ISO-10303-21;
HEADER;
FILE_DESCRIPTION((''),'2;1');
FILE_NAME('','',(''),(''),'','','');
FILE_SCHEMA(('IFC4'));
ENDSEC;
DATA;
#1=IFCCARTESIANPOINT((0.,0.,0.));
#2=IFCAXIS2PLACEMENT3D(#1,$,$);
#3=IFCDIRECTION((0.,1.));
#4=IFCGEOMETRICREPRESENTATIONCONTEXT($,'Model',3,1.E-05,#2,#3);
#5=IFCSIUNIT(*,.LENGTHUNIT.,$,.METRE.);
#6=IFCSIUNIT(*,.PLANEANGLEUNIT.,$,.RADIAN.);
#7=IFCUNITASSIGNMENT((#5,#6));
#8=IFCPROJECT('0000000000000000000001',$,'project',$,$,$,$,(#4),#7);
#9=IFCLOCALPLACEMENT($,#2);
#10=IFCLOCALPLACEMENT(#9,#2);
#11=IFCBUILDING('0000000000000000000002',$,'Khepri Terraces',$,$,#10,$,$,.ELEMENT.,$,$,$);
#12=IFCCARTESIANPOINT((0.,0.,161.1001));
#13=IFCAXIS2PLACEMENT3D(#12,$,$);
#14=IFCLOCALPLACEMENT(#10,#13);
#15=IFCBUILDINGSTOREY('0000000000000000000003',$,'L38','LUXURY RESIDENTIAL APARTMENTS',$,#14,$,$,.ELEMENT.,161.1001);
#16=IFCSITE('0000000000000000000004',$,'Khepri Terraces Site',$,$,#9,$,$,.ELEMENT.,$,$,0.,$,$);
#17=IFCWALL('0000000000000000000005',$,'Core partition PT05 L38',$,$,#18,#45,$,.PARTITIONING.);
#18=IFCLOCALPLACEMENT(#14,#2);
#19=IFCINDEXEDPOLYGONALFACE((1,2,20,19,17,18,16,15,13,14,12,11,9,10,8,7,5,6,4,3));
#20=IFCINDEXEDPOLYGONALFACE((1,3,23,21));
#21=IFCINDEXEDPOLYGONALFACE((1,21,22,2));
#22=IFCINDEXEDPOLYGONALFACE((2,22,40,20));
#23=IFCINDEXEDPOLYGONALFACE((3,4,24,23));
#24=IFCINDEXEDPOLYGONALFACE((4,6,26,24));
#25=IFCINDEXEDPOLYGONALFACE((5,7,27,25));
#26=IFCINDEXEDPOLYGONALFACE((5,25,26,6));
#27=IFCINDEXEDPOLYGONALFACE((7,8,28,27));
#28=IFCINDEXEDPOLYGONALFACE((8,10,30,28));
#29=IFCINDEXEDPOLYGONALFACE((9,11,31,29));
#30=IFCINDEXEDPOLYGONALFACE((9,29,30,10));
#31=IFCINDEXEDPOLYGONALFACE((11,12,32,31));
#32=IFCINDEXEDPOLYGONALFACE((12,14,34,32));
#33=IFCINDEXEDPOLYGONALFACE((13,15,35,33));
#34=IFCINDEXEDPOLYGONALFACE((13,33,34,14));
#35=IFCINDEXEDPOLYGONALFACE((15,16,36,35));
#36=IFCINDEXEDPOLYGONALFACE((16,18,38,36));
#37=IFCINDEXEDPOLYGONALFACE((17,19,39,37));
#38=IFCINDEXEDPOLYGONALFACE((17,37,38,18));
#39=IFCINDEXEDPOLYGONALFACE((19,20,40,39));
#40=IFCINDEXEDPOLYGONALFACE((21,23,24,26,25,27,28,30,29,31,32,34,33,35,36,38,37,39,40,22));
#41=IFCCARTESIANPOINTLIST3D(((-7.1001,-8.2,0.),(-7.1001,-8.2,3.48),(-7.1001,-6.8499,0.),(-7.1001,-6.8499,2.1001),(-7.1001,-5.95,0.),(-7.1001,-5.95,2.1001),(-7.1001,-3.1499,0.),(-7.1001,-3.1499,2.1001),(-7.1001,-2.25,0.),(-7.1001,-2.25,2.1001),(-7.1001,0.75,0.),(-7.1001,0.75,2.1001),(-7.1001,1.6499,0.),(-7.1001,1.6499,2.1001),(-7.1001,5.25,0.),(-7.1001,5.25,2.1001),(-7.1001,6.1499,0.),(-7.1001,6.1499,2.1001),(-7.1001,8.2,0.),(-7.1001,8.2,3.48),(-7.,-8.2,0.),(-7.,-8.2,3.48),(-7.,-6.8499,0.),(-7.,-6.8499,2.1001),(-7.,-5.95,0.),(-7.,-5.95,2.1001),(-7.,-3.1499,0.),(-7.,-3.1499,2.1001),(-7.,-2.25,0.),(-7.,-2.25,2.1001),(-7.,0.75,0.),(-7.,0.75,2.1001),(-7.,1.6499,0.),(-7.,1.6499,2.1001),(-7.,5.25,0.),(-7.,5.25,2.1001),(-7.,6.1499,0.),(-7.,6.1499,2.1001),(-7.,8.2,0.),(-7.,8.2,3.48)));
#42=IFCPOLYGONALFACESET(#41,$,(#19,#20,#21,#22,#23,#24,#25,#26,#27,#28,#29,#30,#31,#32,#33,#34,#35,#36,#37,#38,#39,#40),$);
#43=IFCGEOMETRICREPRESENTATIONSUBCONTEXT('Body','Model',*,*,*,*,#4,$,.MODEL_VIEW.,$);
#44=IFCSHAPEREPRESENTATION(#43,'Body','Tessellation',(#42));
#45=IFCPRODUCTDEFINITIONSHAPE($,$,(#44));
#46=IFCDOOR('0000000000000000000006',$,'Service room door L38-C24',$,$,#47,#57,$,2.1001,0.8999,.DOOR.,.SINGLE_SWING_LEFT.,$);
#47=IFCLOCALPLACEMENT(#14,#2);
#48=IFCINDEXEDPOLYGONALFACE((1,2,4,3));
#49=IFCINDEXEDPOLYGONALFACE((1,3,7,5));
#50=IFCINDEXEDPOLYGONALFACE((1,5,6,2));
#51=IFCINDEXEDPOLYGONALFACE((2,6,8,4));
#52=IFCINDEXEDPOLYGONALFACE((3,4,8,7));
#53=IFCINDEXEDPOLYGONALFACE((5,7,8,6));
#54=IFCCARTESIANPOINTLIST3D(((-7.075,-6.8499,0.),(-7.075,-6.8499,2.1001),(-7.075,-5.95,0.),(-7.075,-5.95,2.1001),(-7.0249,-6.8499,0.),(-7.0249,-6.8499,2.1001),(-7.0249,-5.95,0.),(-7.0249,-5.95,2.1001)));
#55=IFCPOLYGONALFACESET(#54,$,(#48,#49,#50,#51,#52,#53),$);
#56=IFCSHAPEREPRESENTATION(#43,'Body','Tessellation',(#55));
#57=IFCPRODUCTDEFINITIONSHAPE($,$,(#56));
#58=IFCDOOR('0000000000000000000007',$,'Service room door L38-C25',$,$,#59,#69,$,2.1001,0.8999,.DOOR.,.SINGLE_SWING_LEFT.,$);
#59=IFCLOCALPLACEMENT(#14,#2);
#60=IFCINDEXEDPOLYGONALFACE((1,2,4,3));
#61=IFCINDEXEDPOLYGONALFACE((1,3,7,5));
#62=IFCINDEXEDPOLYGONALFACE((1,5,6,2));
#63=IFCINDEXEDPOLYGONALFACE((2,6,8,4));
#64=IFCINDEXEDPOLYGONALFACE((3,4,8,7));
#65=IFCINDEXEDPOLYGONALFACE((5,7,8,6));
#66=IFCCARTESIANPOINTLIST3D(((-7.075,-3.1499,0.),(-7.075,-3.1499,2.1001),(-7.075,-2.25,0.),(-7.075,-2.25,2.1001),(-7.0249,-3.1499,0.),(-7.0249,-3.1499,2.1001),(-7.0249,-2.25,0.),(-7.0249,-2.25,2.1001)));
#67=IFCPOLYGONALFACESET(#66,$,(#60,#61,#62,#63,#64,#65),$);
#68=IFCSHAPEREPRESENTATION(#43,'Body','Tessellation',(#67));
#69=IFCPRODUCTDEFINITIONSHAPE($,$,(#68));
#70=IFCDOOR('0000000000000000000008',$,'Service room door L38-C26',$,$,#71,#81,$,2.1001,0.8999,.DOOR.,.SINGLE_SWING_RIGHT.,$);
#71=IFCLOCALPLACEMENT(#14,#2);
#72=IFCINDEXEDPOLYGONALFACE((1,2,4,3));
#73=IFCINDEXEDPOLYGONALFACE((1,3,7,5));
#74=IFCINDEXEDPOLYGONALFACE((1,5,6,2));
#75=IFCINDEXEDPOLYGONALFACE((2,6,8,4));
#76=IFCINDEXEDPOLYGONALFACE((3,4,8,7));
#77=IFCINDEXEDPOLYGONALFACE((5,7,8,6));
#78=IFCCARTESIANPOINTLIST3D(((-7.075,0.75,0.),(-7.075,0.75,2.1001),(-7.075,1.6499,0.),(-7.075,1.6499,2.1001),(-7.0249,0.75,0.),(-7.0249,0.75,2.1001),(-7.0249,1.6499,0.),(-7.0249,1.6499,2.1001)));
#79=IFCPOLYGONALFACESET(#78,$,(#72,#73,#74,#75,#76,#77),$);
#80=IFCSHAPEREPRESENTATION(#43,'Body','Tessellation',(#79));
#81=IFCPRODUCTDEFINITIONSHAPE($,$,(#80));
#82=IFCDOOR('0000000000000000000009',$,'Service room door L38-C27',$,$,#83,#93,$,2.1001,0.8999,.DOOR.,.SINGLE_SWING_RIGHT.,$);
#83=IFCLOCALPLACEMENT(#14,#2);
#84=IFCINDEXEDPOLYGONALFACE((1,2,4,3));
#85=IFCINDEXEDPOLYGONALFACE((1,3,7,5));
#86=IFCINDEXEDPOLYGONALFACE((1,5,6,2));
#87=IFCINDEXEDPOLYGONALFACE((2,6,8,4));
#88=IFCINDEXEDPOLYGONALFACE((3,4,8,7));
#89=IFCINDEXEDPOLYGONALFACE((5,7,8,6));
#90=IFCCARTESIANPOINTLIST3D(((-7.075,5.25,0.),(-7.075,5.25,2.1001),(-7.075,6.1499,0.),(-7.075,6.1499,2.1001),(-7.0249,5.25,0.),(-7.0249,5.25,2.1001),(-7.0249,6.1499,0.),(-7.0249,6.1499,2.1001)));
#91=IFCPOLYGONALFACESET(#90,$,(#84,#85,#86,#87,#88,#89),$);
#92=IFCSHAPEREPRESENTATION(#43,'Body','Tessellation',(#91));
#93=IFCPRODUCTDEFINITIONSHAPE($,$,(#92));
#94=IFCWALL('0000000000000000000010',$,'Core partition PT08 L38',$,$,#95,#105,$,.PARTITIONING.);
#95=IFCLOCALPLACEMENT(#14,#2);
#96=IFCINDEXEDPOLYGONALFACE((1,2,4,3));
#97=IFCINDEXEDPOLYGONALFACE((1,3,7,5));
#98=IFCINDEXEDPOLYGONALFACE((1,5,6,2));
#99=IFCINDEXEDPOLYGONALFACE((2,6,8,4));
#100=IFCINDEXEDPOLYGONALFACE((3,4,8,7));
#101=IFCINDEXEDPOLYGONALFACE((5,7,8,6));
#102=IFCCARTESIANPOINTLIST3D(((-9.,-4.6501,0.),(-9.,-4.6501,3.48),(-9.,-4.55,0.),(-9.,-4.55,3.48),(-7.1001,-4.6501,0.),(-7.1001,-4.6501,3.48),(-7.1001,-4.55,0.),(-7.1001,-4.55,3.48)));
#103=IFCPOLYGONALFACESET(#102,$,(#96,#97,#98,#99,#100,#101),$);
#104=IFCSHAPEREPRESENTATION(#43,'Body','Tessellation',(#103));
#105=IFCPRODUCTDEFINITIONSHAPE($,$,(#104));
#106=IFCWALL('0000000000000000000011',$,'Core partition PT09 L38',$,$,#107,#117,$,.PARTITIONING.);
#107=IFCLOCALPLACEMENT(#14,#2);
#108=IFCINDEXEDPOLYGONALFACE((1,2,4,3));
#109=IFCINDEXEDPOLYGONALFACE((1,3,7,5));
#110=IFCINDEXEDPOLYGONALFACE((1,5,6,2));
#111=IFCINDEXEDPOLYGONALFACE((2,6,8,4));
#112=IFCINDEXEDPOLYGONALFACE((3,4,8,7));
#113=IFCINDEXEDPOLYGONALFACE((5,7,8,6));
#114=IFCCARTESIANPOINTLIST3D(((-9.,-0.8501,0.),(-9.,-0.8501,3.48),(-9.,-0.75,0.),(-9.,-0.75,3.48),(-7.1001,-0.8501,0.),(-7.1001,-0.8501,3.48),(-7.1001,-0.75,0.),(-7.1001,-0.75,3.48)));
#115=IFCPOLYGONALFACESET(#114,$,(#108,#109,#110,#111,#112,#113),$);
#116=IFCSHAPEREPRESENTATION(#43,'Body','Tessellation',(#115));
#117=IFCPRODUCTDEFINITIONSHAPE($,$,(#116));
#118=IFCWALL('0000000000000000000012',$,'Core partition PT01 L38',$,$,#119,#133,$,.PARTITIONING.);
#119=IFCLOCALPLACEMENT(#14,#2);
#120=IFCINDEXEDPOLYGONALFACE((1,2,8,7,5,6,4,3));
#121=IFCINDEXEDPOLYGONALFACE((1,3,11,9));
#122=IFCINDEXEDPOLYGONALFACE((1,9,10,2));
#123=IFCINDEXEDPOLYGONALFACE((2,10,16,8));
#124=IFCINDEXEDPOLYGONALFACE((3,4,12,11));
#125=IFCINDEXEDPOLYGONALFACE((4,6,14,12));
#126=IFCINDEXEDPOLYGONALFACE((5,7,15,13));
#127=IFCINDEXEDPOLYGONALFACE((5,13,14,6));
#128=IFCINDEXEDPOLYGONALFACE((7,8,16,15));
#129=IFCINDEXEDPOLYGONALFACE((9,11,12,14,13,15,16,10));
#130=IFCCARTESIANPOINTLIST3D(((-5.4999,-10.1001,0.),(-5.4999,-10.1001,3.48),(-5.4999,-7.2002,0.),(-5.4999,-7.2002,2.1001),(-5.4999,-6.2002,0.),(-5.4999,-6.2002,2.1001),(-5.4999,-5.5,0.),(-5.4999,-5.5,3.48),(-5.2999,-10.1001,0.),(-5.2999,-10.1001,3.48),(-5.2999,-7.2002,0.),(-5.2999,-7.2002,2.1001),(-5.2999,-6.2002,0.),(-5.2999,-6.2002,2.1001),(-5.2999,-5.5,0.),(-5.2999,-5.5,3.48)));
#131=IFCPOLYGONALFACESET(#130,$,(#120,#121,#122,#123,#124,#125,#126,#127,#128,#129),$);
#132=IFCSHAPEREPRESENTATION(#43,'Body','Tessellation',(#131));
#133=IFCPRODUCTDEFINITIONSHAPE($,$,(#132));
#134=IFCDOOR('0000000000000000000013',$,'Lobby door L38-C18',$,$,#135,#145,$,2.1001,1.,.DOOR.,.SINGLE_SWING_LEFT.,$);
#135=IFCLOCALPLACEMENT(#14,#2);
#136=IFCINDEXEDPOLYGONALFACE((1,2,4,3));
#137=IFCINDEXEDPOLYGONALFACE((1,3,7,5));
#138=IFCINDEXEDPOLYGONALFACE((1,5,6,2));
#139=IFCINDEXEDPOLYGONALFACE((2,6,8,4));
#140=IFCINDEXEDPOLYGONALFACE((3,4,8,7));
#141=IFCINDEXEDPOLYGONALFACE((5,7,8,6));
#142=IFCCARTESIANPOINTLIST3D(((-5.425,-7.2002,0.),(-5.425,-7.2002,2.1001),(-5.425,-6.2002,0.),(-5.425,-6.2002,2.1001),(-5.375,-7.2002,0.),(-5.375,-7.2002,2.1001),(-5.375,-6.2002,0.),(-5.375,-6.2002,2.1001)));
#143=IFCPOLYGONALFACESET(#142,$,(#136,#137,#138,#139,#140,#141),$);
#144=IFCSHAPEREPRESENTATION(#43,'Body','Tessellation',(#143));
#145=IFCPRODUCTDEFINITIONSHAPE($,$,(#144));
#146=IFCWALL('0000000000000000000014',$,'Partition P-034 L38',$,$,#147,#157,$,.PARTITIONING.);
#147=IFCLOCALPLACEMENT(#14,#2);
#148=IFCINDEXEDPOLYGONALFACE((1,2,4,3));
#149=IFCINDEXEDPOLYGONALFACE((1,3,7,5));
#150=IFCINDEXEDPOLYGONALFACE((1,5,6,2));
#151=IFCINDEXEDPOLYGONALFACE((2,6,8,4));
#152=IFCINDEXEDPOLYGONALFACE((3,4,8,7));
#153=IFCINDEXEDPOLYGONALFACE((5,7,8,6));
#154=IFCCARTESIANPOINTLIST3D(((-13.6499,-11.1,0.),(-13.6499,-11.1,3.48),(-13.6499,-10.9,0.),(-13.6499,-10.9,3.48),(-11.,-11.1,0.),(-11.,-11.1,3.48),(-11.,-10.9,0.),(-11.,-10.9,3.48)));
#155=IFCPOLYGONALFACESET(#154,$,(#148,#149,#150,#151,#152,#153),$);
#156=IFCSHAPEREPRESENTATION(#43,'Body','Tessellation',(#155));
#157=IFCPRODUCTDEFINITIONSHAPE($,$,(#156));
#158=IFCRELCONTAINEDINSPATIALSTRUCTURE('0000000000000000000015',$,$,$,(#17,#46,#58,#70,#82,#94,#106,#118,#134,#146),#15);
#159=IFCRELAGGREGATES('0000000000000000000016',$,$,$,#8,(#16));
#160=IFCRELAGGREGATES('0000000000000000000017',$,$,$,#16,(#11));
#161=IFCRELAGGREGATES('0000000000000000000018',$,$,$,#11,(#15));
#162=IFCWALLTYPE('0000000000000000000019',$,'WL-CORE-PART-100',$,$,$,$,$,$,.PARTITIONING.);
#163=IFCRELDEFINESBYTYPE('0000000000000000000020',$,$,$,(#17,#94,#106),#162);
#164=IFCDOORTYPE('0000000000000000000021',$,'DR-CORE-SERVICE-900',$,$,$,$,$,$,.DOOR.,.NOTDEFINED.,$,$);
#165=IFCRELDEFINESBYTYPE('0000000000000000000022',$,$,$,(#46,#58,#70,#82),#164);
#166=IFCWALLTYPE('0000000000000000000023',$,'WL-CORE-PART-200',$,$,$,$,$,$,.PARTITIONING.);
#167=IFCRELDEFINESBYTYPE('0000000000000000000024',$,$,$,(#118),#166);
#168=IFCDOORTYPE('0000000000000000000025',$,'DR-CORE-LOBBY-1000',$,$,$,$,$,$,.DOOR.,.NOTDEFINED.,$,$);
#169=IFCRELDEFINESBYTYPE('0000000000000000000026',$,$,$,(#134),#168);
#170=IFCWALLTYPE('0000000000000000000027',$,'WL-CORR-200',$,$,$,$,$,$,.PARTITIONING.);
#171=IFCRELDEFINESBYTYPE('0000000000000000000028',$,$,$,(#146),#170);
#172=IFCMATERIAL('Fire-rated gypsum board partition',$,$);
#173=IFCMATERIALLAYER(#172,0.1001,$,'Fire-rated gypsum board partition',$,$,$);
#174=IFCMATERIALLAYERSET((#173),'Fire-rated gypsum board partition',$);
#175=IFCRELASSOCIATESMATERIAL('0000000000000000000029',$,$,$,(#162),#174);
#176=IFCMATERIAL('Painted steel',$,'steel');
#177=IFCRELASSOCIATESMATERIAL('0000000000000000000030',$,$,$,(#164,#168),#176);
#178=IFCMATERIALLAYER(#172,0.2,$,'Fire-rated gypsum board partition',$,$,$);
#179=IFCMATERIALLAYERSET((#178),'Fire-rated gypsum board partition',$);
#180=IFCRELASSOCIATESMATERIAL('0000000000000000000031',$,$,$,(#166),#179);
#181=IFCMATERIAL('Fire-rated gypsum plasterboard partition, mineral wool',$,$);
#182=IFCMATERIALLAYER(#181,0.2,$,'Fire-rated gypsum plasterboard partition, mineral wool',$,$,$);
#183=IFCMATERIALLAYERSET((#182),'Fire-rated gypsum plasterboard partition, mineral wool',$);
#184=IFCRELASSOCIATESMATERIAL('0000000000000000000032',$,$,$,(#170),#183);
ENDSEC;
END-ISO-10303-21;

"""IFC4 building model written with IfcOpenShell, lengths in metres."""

from ifc_helpers import new_model, si_unit, direction, frame, frame_2d, origin, place, context, subcontext, project, spatial, rectangle, extrude, material, layer, layer_set, type_object, element, fill, save


model = new_model("IFC4")

# Units and contexts
model_context = context("Model", 3, precision=1e-05, world=origin(), true_north=direction((0.0, 1.0)))
body_context = subcontext(model_context, "Body", "Model", "MODEL_VIEW")
ifc_project = project(units=[si_unit("LENGTHUNIT", "METRE"), si_unit("PLANEANGLEUNIT", "RADIAN")], contexts=[model_context])

# Site, building, storey
site_placement = place(None, origin())
site = spatial("IfcSite", under=ifc_project, at=site_placement, Name="Khepri Terraces Site", CompositionType="ELEMENT", RefElevation=0.0)
building_placement = place(site_placement, origin())
building = spatial("IfcBuilding", under=site, at=building_placement, Name="Khepri Terraces", CompositionType="ELEMENT")
storey_placement = place(building_placement, frame((0.0, 0.0, 161.1001)))
storey = spatial("IfcBuildingStorey", under=building, at=storey_placement, Name="L38", Description="LUXURY RESIDENTIAL APARTMENTS", CompositionType="ELEMENT", Elevation=161.1001)

# Shared definitions
ifc_material_1 = material(Name="Painted steel", Category="steel")

# Wall, openings, doors
ifc_material_2 = material(Name="Fire-rated gypsum board partition")
ifc_layer_1 = layer(ifc_material_2, 0.1001, Name="Fire-rated gypsum board partition")
ifc_layer_set_1 = layer_set([ifc_layer_1], Name="Fire-rated gypsum board partition")
wall_type_1 = type_object("IfcWallType", Name="WL-CORE-PART-100", PredefinedType="PARTITIONING", material=ifc_layer_set_1)
wall_1_placement = place(storey_placement, frame((-7.05, -8.2, 0.0), z_axis=(0.0, 0.0, 1.0), x_axis=(0.0, 1.0, 0.0)))
wall_1 = element("IfcWall", 1, at=wall_1_placement, inside=storey, type_object=wall_type_1, Name="Core partition PT05 L38", PredefinedType="PARTITIONING", context=body_context, shape_type="SweptSolid", body=[
    extrude(rectangle(XDim=16.3999, YDim=0.1001, at=frame_2d((8.2, 0.0))), origin(), (0.0, 0.0, 1.0), 3.48),
])
opening_1_placement = place(wall_1_placement, frame((1.3501, 0.0, 0.0)))
opening_1 = element("IfcOpeningElement", 2, at=opening_1_placement, cuts=wall_1, PredefinedType="OPENING", context=body_context, shape_type="SweptSolid", body=[
    extrude(rectangle(XDim=0.8999, YDim=2.1001, at=frame_2d((0.45, 1.05))), frame((0.0, 0.0601, 0.0), z_axis=(0.0, -1.0, 0.0), x_axis=(1.0, 0.0, 0.0)), (0.0, 0.0, 1.0), 0.1201),
])
opening_2_placement = place(wall_1_placement, frame((5.05, 0.0, 0.0)))
opening_2 = element("IfcOpeningElement", 3, at=opening_2_placement, cuts=wall_1, PredefinedType="OPENING", context=body_context, shape_type="SweptSolid", body=[
    extrude(rectangle(XDim=0.8999, YDim=2.1001, at=frame_2d((0.45, 1.05))), frame((0.0, 0.0601, 0.0), z_axis=(0.0, -1.0, 0.0), x_axis=(1.0, 0.0, 0.0)), (0.0, 0.0, 1.0), 0.1201),
])
opening_3_placement = place(wall_1_placement, frame((8.95, 0.0, 0.0)))
opening_3 = element("IfcOpeningElement", 4, at=opening_3_placement, cuts=wall_1, PredefinedType="OPENING", context=body_context, shape_type="SweptSolid", body=[
    extrude(rectangle(XDim=0.8999, YDim=2.1001, at=frame_2d((0.45, 1.05))), frame((0.0, 0.0601, 0.0), z_axis=(0.0, -1.0, 0.0), x_axis=(1.0, 0.0, 0.0)), (0.0, 0.0, 1.0), 0.1201),
])
opening_4_placement = place(wall_1_placement, frame((13.45, 0.0, 0.0)))
opening_4 = element("IfcOpeningElement", 5, at=opening_4_placement, cuts=wall_1, PredefinedType="OPENING", context=body_context, shape_type="SweptSolid", body=[
    extrude(rectangle(XDim=0.8999, YDim=2.1001, at=frame_2d((0.45, 1.05))), frame((0.0, 0.0601, 0.0), z_axis=(0.0, -1.0, 0.0), x_axis=(1.0, 0.0, 0.0)), (0.0, 0.0, 1.0), 0.1201),
])
door_type_1 = type_object("IfcDoorType", Name="DR-CORE-SERVICE-900", OperationType="NOTDEFINED", PredefinedType="DOOR", material=ifc_material_1)
door_1_placement = place(opening_1_placement, origin())
door_1 = element("IfcDoor", 6, at=door_1_placement, inside=storey, type_object=door_type_1, Name="Service room door L38-C24", OperationType="SINGLE_SWING_LEFT", OverallHeight=2.1001, OverallWidth=0.8999, PredefinedType="DOOR", context=body_context, shape_type="SweptSolid", body=[
    extrude(rectangle(XDim=0.8999, YDim=2.1001, at=frame_2d((0.45, 1.05))), frame((0.0, 0.0249, 0.0), z_axis=(0.0, -1.0, 0.0), x_axis=(1.0, 0.0, 0.0)), (0.0, 0.0, 1.0), 0.05),
])
fill(opening_1, door_1)
door_2_placement = place(opening_2_placement, origin())
door_2 = element("IfcDoor", 7, at=door_2_placement, inside=storey, type_object=door_type_1, Name="Service room door L38-C25", OperationType="SINGLE_SWING_LEFT", OverallHeight=2.1001, OverallWidth=0.8999, PredefinedType="DOOR", context=body_context, shape_type="SweptSolid", body=[
    extrude(rectangle(XDim=0.8999, YDim=2.1001, at=frame_2d((0.45, 1.05))), frame((0.0, 0.0249, 0.0), z_axis=(0.0, -1.0, 0.0), x_axis=(1.0, 0.0, 0.0)), (0.0, 0.0, 1.0), 0.05),
])
fill(opening_2, door_2)
door_3_placement = place(opening_3_placement, origin())
door_3 = element("IfcDoor", 8, at=door_3_placement, inside=storey, type_object=door_type_1, Name="Service room door L38-C26", OperationType="SINGLE_SWING_RIGHT", OverallHeight=2.1001, OverallWidth=0.8999, PredefinedType="DOOR", context=body_context, shape_type="SweptSolid", body=[
    extrude(rectangle(XDim=0.8999, YDim=2.1001, at=frame_2d((0.45, 1.05))), frame((0.0, 0.0249, 0.0), z_axis=(0.0, -1.0, 0.0), x_axis=(1.0, 0.0, 0.0)), (0.0, 0.0, 1.0), 0.05),
])
fill(opening_3, door_3)
door_4_placement = place(opening_4_placement, origin())
door_4 = element("IfcDoor", 9, at=door_4_placement, inside=storey, type_object=door_type_1, Name="Service room door L38-C27", OperationType="SINGLE_SWING_RIGHT", OverallHeight=2.1001, OverallWidth=0.8999, PredefinedType="DOOR", context=body_context, shape_type="SweptSolid", body=[
    extrude(rectangle(XDim=0.8999, YDim=2.1001, at=frame_2d((0.45, 1.05))), frame((0.0, 0.0249, 0.0), z_axis=(0.0, -1.0, 0.0), x_axis=(1.0, 0.0, 0.0)), (0.0, 0.0, 1.0), 0.05),
])
fill(opening_4, door_4)

# Walls
for number, where, z_axis, x_axis, name in (
    (10, (-9.0, -4.6001, 0.0), (0.0, 0.0, 1.0), (1.0, 0.0, 0.0), "Core partition PT08 L38"),
    (11, (-9.0, -0.8, 0.0), (0.0, 0.0, 1.0), (1.0, 0.0, 0.0), "Core partition PT09 L38"),
):
    element("IfcWall", number, at=place(storey_placement, frame(where, z_axis=z_axis, x_axis=x_axis)), inside=storey, type_object=wall_type_1, Name=name, PredefinedType="PARTITIONING", context=body_context, shape_type="SweptSolid", body=[
        extrude(rectangle(XDim=1.8999, YDim=0.1001, at=frame_2d((0.95, 0.0))), origin(), (0.0, 0.0, 1.0), 3.48),
    ])

# Wall, opening, door
ifc_layer_2 = layer(ifc_material_2, 0.2, Name="Fire-rated gypsum board partition")
ifc_layer_set_2 = layer_set([ifc_layer_2], Name="Fire-rated gypsum board partition")
wall_type_2 = type_object("IfcWallType", Name="WL-CORE-PART-200", PredefinedType="PARTITIONING", material=ifc_layer_set_2)
wall_2_placement = place(storey_placement, frame((-5.3999, -10.1001, 0.0), z_axis=(0.0, 0.0, 1.0), x_axis=(0.0, 1.0, 0.0)))
wall_2 = element("IfcWall", 12, at=wall_2_placement, inside=storey, type_object=wall_type_2, Name="Core partition PT01 L38", PredefinedType="PARTITIONING", context=body_context, shape_type="SweptSolid", body=[
    extrude(rectangle(XDim=4.6001, YDim=0.2, at=frame_2d((2.3, 0.0))), origin(), (0.0, 0.0, 1.0), 3.48),
])
opening_5_placement = place(wall_2_placement, frame((2.8999, 0.0, 0.0)))
opening_5 = element("IfcOpeningElement", 13, at=opening_5_placement, cuts=wall_2, PredefinedType="OPENING", context=body_context, shape_type="SweptSolid", body=[
    extrude(rectangle(XDim=1.0, YDim=2.1001, at=frame_2d((0.5, 1.05))), frame((0.0, 0.1099, 0.0), z_axis=(0.0, -1.0, 0.0), x_axis=(1.0, 0.0, 0.0)), (0.0, 0.0, 1.0), 0.22),
])
door_type_2 = type_object("IfcDoorType", Name="DR-CORE-LOBBY-1000", OperationType="NOTDEFINED", PredefinedType="DOOR", material=ifc_material_1)
door_5_placement = place(opening_5_placement, frame((1.0, 0.0, 0.0), z_axis=(0.0, 0.0, 1.0), x_axis=(-1.0, 0.0, 0.0)))
door_5 = element("IfcDoor", 14, at=door_5_placement, inside=storey, type_object=door_type_2, Name="Lobby door L38-C18", OperationType="SINGLE_SWING_LEFT", OverallHeight=2.1001, OverallWidth=1.0, PredefinedType="DOOR", context=body_context, shape_type="SweptSolid", body=[
    extrude(rectangle(XDim=1.0, YDim=2.1001, at=frame_2d((0.5, 1.05))), frame((0.0, 0.0249, 0.0), z_axis=(0.0, -1.0, 0.0), x_axis=(1.0, 0.0, 0.0)), (0.0, 0.0, 1.0), 0.05),
])
fill(opening_5, door_5)

# Wall
ifc_material_3 = material(Name="Fire-rated gypsum plasterboard partition, mineral wool")
ifc_layer_3 = layer(ifc_material_3, 0.2, Name="Fire-rated gypsum plasterboard partition, mineral wool")
ifc_layer_set_3 = layer_set([ifc_layer_3], Name="Fire-rated gypsum plasterboard partition, mineral wool")
wall_type_3 = type_object("IfcWallType", Name="WL-CORR-200", PredefinedType="PARTITIONING", material=ifc_layer_set_3)
wall_3_placement = place(storey_placement, frame((-13.6499, -11.0, 0.0), z_axis=(0.0, 0.0, 1.0), x_axis=(1.0, 0.0, 0.0)))
element("IfcWall", 15, at=wall_3_placement, inside=storey, type_object=wall_type_3, Name="Partition P-034 L38", PredefinedType="PARTITIONING", context=body_context, shape_type="SweptSolid", body=[
    extrude(rectangle(XDim=2.6499, YDim=0.2, at=frame_2d((1.325, 0.0))), origin(), (0.0, 0.0, 1.0), 3.48),
])

save(model, "model.ifc")
